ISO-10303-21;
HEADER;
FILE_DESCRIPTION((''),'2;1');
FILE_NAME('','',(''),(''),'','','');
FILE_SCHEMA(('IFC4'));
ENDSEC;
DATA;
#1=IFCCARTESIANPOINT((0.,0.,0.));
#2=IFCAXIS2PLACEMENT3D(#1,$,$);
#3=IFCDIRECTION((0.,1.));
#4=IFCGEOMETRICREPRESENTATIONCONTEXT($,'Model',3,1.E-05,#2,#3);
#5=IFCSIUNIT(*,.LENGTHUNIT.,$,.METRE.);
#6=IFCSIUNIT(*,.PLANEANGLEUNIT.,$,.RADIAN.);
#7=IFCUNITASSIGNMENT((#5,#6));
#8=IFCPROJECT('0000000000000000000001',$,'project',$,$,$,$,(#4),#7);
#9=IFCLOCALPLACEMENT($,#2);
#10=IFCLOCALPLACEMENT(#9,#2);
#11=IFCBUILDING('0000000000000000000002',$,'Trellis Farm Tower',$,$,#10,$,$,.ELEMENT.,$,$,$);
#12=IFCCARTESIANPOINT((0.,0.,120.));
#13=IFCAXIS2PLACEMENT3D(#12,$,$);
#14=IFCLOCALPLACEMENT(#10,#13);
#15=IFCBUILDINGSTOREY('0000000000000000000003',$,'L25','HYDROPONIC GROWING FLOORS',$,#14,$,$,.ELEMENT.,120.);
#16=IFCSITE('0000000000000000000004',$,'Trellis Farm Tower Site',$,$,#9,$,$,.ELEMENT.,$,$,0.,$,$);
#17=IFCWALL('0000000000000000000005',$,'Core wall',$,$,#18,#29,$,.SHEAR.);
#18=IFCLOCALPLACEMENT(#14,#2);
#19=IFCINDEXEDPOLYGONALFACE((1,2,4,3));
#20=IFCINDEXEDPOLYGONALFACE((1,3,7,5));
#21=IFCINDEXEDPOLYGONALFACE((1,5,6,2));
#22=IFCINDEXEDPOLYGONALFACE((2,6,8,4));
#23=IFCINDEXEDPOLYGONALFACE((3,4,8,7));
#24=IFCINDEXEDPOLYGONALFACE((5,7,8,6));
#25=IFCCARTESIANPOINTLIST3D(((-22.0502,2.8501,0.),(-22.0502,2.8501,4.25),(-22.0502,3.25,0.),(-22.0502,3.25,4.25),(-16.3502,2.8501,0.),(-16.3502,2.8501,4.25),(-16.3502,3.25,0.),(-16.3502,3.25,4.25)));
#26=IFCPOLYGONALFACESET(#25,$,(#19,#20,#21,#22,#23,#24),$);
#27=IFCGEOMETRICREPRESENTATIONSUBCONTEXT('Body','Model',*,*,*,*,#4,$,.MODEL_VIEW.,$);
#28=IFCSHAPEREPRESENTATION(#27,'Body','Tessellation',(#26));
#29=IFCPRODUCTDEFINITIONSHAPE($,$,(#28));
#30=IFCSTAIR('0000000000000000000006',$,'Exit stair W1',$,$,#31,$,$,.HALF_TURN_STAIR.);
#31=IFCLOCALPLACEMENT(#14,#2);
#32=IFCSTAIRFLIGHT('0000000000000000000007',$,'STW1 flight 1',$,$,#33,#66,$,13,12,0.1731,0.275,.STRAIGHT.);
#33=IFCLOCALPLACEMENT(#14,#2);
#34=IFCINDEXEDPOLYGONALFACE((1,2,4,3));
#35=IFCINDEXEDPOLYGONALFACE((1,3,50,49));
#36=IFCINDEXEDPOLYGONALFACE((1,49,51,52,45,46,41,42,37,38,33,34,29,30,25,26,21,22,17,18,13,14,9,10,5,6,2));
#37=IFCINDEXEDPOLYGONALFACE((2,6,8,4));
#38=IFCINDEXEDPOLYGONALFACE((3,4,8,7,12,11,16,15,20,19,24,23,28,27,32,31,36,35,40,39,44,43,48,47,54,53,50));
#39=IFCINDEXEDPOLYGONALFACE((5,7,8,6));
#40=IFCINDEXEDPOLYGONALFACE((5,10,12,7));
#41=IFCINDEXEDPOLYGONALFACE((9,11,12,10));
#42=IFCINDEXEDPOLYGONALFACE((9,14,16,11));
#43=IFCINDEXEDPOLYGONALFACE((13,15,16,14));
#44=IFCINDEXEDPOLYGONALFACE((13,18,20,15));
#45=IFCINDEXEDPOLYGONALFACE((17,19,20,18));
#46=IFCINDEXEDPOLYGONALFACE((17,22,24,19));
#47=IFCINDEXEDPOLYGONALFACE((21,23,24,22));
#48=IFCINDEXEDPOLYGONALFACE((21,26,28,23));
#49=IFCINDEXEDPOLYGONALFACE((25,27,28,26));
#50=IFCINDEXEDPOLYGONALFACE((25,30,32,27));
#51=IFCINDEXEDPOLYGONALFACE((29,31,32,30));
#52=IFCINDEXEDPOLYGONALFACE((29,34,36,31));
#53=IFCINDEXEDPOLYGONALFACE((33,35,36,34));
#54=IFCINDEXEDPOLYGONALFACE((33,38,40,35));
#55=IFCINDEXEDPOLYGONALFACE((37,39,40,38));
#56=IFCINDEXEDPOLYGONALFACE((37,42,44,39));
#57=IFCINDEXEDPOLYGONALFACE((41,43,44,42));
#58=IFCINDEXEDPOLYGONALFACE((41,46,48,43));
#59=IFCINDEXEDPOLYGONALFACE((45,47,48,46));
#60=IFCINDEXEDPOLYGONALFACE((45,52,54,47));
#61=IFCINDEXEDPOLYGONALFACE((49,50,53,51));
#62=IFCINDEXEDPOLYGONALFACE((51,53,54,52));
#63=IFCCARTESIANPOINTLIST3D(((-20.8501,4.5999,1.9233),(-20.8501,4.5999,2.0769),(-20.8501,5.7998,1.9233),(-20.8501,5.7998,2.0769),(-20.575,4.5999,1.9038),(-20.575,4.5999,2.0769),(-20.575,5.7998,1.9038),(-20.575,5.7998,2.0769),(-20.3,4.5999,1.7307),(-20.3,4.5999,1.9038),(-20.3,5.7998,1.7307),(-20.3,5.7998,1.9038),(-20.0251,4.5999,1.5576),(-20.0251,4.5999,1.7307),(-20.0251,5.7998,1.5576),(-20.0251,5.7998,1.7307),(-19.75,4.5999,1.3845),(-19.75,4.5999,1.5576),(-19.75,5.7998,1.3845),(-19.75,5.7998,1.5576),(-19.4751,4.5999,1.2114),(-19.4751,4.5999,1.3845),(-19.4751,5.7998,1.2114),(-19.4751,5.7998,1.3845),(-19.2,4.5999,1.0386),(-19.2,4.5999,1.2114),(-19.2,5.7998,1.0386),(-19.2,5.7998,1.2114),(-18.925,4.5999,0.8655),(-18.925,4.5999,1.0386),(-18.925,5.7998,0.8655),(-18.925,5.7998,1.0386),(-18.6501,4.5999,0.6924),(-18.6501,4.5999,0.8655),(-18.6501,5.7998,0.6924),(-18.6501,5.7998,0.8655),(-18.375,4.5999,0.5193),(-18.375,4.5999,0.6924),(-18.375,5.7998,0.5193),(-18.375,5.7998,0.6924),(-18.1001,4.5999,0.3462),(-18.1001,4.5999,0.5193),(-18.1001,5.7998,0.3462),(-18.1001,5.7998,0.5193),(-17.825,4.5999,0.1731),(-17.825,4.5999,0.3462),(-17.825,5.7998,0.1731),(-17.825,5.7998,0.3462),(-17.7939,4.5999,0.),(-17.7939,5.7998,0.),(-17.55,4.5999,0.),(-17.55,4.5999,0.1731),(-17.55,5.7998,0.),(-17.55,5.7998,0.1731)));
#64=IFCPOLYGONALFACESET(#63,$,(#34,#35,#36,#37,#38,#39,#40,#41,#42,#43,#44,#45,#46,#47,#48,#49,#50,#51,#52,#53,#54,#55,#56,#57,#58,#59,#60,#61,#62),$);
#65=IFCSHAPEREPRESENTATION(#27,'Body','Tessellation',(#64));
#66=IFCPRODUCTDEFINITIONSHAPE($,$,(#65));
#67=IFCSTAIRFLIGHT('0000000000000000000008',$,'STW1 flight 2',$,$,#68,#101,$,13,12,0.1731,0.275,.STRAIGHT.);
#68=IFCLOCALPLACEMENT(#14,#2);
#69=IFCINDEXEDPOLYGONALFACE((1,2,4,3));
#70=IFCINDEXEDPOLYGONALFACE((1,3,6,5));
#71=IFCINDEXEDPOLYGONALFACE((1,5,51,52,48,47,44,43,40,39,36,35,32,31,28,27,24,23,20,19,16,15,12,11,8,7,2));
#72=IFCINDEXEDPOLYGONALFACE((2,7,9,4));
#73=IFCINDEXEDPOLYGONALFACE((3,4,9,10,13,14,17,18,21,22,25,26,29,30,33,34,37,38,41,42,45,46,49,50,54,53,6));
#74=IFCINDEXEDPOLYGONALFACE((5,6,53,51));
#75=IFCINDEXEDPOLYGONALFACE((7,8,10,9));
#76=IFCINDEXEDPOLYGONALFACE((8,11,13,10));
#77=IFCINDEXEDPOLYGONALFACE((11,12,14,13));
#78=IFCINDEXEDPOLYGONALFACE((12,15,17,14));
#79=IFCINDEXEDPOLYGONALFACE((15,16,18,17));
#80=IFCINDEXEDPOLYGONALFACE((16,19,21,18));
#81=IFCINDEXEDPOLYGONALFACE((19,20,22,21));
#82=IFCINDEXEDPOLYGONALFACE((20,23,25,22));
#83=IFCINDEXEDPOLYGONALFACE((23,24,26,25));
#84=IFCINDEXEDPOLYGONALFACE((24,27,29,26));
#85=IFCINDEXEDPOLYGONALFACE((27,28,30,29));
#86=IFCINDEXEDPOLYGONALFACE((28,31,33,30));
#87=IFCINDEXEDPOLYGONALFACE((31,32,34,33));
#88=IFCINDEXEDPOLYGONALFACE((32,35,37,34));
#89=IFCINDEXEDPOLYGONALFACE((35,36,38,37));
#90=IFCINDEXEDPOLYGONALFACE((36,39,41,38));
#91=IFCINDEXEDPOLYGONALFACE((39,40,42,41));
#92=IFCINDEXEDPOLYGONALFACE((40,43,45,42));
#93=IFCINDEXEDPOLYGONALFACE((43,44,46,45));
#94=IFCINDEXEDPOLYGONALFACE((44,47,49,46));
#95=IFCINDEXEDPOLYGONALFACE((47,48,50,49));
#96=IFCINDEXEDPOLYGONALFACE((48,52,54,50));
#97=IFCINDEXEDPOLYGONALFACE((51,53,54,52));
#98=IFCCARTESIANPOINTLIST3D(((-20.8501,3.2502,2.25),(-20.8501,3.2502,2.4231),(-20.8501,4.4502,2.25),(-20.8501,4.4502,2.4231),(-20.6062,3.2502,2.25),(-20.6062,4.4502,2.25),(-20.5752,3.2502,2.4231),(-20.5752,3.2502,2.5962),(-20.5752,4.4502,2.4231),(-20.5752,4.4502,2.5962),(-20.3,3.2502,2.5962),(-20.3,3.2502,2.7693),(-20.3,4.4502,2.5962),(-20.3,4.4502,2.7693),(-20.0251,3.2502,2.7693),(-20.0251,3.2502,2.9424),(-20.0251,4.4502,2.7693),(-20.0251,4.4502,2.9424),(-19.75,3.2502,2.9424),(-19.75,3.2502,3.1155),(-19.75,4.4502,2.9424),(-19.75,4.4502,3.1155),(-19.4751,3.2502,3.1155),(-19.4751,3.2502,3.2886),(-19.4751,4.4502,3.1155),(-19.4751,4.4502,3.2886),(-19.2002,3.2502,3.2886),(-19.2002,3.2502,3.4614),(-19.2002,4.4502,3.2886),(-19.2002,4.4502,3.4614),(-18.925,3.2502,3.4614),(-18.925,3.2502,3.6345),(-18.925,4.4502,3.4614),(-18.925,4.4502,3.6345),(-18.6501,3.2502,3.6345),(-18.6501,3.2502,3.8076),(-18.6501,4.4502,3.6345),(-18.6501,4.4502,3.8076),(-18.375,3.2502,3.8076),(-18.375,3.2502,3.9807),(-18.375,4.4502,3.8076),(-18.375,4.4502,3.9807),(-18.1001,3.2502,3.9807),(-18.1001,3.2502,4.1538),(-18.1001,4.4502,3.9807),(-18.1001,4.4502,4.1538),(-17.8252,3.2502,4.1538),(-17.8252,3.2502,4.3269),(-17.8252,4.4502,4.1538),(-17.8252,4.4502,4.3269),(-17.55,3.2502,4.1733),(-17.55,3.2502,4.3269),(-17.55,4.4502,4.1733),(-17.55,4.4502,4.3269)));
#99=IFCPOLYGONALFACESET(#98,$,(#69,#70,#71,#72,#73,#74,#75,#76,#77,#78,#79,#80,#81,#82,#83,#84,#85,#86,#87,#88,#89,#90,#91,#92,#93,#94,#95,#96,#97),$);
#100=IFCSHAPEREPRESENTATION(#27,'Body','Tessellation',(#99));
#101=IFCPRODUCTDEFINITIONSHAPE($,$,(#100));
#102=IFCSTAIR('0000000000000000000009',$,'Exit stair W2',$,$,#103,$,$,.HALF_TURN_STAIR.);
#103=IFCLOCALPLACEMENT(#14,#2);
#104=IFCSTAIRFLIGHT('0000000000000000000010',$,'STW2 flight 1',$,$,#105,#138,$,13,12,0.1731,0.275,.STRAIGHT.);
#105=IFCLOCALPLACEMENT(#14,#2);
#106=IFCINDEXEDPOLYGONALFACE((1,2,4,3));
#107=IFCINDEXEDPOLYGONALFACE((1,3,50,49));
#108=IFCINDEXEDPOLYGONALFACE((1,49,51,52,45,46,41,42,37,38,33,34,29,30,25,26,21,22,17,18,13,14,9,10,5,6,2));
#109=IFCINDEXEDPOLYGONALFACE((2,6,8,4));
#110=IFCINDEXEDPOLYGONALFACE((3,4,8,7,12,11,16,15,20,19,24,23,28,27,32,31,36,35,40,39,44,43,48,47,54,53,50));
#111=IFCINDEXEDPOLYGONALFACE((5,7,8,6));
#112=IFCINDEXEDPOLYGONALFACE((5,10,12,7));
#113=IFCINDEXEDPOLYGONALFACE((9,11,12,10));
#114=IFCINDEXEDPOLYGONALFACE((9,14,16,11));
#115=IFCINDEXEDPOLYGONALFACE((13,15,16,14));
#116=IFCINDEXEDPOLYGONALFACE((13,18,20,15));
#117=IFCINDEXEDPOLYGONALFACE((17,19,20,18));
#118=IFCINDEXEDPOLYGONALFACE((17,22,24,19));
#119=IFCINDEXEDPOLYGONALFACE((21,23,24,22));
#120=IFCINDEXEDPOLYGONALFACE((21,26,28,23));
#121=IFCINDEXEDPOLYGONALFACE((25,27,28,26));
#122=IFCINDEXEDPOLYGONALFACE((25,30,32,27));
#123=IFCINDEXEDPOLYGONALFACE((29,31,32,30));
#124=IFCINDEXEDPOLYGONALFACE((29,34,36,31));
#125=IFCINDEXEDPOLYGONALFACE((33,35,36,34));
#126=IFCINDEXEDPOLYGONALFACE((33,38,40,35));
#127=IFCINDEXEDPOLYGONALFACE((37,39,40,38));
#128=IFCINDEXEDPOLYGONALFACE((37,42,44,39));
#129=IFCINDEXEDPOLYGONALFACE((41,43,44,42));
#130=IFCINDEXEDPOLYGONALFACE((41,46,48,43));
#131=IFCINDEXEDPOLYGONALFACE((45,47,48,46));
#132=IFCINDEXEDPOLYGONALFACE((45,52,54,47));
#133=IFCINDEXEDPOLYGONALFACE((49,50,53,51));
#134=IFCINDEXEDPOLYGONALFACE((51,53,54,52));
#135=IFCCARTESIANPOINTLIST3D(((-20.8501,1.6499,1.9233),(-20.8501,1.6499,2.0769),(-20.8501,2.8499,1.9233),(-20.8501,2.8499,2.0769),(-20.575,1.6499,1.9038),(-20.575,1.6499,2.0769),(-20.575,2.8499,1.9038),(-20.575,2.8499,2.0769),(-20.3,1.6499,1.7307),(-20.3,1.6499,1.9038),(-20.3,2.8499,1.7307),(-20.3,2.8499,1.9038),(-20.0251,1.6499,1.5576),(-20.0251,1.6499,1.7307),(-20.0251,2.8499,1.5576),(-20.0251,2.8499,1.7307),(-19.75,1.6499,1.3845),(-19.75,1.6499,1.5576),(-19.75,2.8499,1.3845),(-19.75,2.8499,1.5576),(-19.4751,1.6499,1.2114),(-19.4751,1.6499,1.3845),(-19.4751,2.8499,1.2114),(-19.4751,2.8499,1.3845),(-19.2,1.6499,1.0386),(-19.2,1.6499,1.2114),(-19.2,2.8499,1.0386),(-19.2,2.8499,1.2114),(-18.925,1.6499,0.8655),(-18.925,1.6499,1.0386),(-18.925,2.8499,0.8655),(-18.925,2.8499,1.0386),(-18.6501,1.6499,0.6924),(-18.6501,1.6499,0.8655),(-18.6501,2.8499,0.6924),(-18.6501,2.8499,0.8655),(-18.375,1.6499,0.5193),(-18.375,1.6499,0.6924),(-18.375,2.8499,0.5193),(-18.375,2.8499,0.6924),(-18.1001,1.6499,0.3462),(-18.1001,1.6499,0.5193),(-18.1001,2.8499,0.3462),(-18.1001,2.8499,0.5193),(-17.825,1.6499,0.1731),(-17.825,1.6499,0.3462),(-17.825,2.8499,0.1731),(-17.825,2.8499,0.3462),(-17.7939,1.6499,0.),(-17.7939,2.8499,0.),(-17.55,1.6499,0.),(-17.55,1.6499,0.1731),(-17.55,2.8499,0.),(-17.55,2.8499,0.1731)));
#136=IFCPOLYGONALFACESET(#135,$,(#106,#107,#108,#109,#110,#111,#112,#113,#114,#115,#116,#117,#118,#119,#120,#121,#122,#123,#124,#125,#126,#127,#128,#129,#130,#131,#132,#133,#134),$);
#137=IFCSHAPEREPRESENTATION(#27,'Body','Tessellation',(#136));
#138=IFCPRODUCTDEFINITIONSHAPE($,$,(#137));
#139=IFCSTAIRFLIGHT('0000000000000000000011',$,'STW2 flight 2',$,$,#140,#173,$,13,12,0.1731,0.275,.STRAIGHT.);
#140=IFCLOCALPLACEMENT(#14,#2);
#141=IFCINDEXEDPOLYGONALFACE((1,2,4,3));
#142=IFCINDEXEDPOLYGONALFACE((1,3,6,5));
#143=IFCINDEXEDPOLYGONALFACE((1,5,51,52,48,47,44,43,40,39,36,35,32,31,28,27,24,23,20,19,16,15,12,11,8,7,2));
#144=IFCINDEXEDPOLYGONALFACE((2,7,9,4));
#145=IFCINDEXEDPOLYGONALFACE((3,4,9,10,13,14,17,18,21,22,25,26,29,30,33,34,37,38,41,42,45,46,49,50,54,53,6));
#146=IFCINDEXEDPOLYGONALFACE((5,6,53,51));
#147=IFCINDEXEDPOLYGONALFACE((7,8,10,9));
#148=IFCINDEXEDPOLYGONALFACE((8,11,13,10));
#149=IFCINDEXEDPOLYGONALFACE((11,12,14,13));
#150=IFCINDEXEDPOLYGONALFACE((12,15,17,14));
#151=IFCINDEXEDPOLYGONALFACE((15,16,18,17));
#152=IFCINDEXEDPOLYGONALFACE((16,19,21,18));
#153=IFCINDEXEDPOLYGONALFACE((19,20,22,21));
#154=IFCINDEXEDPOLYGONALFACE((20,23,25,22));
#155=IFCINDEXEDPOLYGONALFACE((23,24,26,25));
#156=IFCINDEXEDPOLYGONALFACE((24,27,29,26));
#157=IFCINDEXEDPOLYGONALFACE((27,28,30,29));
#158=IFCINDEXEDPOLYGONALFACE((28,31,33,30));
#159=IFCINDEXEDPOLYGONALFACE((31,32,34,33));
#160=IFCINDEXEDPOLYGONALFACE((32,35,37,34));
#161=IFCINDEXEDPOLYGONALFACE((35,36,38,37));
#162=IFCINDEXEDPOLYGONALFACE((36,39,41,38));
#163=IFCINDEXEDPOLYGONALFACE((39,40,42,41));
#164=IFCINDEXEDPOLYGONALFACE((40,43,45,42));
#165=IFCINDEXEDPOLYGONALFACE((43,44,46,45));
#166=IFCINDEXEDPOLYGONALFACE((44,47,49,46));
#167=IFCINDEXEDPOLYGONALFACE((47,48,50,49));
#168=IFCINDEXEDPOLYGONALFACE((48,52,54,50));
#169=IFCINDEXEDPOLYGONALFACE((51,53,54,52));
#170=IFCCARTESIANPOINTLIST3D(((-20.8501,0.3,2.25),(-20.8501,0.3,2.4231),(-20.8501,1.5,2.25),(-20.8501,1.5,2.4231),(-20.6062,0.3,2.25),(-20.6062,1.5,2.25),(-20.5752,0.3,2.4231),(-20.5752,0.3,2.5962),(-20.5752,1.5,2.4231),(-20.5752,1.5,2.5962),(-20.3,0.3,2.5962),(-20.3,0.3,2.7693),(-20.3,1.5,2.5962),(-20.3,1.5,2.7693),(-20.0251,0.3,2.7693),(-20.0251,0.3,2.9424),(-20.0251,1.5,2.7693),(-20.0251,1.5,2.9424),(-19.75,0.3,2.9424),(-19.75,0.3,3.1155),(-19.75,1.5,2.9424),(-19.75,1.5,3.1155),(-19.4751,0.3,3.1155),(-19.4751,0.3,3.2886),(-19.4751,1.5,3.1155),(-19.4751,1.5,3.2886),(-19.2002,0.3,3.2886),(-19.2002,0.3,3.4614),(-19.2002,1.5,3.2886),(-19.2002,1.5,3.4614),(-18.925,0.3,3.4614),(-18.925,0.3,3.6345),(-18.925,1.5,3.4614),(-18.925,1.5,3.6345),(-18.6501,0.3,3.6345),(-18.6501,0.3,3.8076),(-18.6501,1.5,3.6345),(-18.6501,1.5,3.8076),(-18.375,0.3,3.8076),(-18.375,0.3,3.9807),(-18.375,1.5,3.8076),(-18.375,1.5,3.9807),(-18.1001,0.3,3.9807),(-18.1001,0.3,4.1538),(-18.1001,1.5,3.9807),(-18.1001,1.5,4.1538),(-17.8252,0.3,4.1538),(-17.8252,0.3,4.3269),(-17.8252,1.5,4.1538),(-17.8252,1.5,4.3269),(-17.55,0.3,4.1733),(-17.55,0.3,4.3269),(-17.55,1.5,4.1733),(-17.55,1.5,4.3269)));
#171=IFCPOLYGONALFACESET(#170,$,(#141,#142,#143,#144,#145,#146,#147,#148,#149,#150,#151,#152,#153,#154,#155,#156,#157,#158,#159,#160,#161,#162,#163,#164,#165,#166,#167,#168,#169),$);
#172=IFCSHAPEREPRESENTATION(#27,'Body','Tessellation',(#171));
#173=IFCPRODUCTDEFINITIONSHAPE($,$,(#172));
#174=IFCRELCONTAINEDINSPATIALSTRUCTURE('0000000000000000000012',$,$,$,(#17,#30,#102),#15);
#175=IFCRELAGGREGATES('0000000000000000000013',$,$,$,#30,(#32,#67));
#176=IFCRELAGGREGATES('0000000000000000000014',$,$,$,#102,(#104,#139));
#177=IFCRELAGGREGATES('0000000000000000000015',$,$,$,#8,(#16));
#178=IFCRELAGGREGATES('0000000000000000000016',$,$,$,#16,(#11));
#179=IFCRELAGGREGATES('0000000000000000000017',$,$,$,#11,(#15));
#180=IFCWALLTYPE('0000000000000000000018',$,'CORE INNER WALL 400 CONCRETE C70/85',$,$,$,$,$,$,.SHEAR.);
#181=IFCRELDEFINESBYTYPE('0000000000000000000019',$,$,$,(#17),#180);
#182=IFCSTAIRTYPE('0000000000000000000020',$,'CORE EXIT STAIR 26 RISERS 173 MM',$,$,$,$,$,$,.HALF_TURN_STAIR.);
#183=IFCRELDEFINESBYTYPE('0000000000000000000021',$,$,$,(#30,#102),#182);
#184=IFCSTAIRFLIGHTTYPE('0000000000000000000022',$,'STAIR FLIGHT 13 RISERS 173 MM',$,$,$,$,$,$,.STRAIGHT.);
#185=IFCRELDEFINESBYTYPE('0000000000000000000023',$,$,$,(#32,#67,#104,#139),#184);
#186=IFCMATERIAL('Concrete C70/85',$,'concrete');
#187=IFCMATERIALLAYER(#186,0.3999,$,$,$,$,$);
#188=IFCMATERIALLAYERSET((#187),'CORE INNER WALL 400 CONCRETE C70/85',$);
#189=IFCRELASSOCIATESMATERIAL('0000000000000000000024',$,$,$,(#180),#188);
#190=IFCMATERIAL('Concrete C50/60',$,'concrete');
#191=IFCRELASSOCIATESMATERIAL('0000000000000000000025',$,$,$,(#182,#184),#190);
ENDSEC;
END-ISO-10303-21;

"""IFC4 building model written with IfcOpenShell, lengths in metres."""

from ifc_helpers import new_model, si_unit, direction, frame, frame_2d, origin, place, context, subcontext, project, spatial, polyline, rectangle, outline, extrude, source, transform, mapped, material, layer, layer_set, type_object, element, aggregate, save


model = new_model("IFC4")

# Units and contexts
model_context = context("Model", 3, precision=1e-05, world=origin(), true_north=direction((0.0, 1.0)))
body_context = subcontext(model_context, "Body", "Model", "MODEL_VIEW")
ifc_project = project(units=[si_unit("LENGTHUNIT", "METRE"), si_unit("PLANEANGLEUNIT", "RADIAN")], contexts=[model_context])

# Site, building, storey
site_placement = place(None, origin())
site = spatial("IfcSite", under=ifc_project, at=site_placement, Name="Trellis Farm Tower Site", CompositionType="ELEMENT", RefElevation=0.0)
building_placement = place(site_placement, origin())
building = spatial("IfcBuilding", under=site, at=building_placement, Name="Trellis Farm Tower", CompositionType="ELEMENT")
storey_placement = place(building_placement, frame((0.0, 0.0, 120.0)))
storey = spatial("IfcBuildingStorey", under=building, at=storey_placement, Name="L25", Description="HYDROPONIC GROWING FLOORS", CompositionType="ELEMENT", Elevation=120.0)

# Shared definitions
placement = place(storey_placement, origin())

# Shared definitions
ifc_material_1 = material(Name="Concrete C70/85", Category="concrete")
ifc_layer_1 = layer(ifc_material_1, 0.3999)
ifc_layer_set_1 = layer_set([ifc_layer_1], Name="CORE INNER WALL 400 CONCRETE C70/85")
wall_type_1 = type_object("IfcWallType", Name="CORE INNER WALL 400 CONCRETE C70/85", PredefinedType="SHEAR", material=ifc_layer_set_1)

# Wall
shared_shape_1 = source(origin(), body_context, "Body", "SweptSolid", [
    extrude(rectangle(XDim=5.7, YDim=0.3999, at=frame_2d((2.8501, 0.0))), origin(), (0.0, 0.0, 1.0), 4.25),
])
wall_1_placement = place(storey_placement, frame((-16.3501, 3.05, 0.0), z_axis=(0.0, 0.0, 1.0), x_axis=(-1.0, 0.0, 0.0)))
element("IfcWall", 1, at=wall_1_placement, inside=storey, type_object=wall_type_1, Name="Core wall", PredefinedType="SHEAR", context=body_context, shape_type="MappedRepresentation", body=[
    mapped(shared_shape_1, transform((0.0, 0.0, 0.0))),
])

# Stairs, stair flights
ifc_material_2 = material(Name="Concrete C50/60", Category="concrete")
stair_type = type_object("IfcStairType", Name="CORE EXIT STAIR 26 RISERS 173 MM", PredefinedType="HALF_TURN_STAIR", material=ifc_material_2)
stair_1 = element("IfcStair", 2, at=placement, inside=storey, type_object=stair_type, Name="Exit stair W1", PredefinedType="HALF_TURN_STAIR")
stair_flight_type = type_object("IfcStairFlightType", Name="STAIR FLIGHT 13 RISERS 173 MM", PredefinedType="STRAIGHT", material=ifc_material_2)
shared_shape_2 = source(origin(), body_context, "Body", "SweptSolid", [
    extrude(outline(polyline([(0.0, 0.0), (0.0, 0.1731), (0.2749, 0.1731), (0.2749, 0.3462), (0.55, 0.3462), (0.55, 0.5193), (0.825, 0.5193), (0.825, 0.6924), (1.1001, 0.6924), (1.1001, 0.8655), (1.375, 0.8655), (1.375, 1.0386), (1.6499, 1.0386), (1.6499, 1.2114), (1.925, 1.2114), (1.925, 1.3845), (2.2, 1.3845), (2.2, 1.5576), (2.4751, 1.5576), (2.4751, 1.7307), (2.75, 1.7307), (2.75, 1.9038), (3.0249, 1.9038), (3.0249, 2.0769), (3.3, 2.0769), (3.3, 2.25), (3.3, 1.9233), (0.2439, 0.0), (0.0, 0.0)])), frame((0.0, 0.6001, 0.0), z_axis=(0.0, -1.0, 0.0), x_axis=(1.0, 0.0, 0.0)), (0.0, 0.0, 1.0), 1.2),
])
stair_flight_1_placement = place(storey_placement, frame((-17.55, 5.2, 0.0), z_axis=(0.0, 0.0, 1.0), x_axis=(-1.0, 0.0, 0.0)))
stair_flight_1 = element("IfcStairFlight", 3, at=stair_flight_1_placement, type_object=stair_flight_type, Name="STW1 flight 1", NumberOfRisers=13, NumberOfTreads=12, PredefinedType="STRAIGHT", RiserHeight=0.1731, TreadLength=0.275, context=body_context, shape_type="MappedRepresentation", body=[
    mapped(shared_shape_2, transform((0.0, 0.0, 0.0))),
])
stair_flight_2_placement = place(storey_placement, frame((-20.8501, 3.8501, 2.25), z_axis=(0.0, 0.0, 1.0), x_axis=(1.0, 0.0, 0.0)))
stair_flight_2 = element("IfcStairFlight", 4, at=stair_flight_2_placement, type_object=stair_flight_type, Name="STW1 flight 2", NumberOfRisers=13, NumberOfTreads=12, PredefinedType="STRAIGHT", RiserHeight=0.1731, TreadLength=0.275, context=body_context, shape_type="MappedRepresentation", body=[
    mapped(shared_shape_2, transform((0.0, 0.0, 0.0))),
])
aggregate(stair_1, [stair_flight_1, stair_flight_2])
stair_2 = element("IfcStair", 5, at=placement, inside=storey, type_object=stair_type, Name="Exit stair W2", PredefinedType="HALF_TURN_STAIR")
stair_flight_3_placement = place(storey_placement, frame((-17.55, 2.25, 0.0), z_axis=(0.0, 0.0, 1.0), x_axis=(-1.0, 0.0, 0.0)))
stair_flight_3 = element("IfcStairFlight", 6, at=stair_flight_3_placement, type_object=stair_flight_type, Name="STW2 flight 1", NumberOfRisers=13, NumberOfTreads=12, PredefinedType="STRAIGHT", RiserHeight=0.1731, TreadLength=0.275, context=body_context, shape_type="MappedRepresentation", body=[
    mapped(shared_shape_2, transform((0.0, 0.0, 0.0))),
])
stair_flight_4_placement = place(storey_placement, frame((-20.8501, 0.8999, 2.25), z_axis=(0.0, 0.0, 1.0), x_axis=(1.0, 0.0, 0.0)))
stair_flight_4 = element("IfcStairFlight", 7, at=stair_flight_4_placement, type_object=stair_flight_type, Name="STW2 flight 2", NumberOfRisers=13, NumberOfTreads=12, PredefinedType="STRAIGHT", RiserHeight=0.1731, TreadLength=0.275, context=body_context, shape_type="MappedRepresentation", body=[
    mapped(shared_shape_2, transform((0.0, 0.0, 0.0))),
])
aggregate(stair_2, [stair_flight_3, stair_flight_4])

save(model, "model.ifc")
